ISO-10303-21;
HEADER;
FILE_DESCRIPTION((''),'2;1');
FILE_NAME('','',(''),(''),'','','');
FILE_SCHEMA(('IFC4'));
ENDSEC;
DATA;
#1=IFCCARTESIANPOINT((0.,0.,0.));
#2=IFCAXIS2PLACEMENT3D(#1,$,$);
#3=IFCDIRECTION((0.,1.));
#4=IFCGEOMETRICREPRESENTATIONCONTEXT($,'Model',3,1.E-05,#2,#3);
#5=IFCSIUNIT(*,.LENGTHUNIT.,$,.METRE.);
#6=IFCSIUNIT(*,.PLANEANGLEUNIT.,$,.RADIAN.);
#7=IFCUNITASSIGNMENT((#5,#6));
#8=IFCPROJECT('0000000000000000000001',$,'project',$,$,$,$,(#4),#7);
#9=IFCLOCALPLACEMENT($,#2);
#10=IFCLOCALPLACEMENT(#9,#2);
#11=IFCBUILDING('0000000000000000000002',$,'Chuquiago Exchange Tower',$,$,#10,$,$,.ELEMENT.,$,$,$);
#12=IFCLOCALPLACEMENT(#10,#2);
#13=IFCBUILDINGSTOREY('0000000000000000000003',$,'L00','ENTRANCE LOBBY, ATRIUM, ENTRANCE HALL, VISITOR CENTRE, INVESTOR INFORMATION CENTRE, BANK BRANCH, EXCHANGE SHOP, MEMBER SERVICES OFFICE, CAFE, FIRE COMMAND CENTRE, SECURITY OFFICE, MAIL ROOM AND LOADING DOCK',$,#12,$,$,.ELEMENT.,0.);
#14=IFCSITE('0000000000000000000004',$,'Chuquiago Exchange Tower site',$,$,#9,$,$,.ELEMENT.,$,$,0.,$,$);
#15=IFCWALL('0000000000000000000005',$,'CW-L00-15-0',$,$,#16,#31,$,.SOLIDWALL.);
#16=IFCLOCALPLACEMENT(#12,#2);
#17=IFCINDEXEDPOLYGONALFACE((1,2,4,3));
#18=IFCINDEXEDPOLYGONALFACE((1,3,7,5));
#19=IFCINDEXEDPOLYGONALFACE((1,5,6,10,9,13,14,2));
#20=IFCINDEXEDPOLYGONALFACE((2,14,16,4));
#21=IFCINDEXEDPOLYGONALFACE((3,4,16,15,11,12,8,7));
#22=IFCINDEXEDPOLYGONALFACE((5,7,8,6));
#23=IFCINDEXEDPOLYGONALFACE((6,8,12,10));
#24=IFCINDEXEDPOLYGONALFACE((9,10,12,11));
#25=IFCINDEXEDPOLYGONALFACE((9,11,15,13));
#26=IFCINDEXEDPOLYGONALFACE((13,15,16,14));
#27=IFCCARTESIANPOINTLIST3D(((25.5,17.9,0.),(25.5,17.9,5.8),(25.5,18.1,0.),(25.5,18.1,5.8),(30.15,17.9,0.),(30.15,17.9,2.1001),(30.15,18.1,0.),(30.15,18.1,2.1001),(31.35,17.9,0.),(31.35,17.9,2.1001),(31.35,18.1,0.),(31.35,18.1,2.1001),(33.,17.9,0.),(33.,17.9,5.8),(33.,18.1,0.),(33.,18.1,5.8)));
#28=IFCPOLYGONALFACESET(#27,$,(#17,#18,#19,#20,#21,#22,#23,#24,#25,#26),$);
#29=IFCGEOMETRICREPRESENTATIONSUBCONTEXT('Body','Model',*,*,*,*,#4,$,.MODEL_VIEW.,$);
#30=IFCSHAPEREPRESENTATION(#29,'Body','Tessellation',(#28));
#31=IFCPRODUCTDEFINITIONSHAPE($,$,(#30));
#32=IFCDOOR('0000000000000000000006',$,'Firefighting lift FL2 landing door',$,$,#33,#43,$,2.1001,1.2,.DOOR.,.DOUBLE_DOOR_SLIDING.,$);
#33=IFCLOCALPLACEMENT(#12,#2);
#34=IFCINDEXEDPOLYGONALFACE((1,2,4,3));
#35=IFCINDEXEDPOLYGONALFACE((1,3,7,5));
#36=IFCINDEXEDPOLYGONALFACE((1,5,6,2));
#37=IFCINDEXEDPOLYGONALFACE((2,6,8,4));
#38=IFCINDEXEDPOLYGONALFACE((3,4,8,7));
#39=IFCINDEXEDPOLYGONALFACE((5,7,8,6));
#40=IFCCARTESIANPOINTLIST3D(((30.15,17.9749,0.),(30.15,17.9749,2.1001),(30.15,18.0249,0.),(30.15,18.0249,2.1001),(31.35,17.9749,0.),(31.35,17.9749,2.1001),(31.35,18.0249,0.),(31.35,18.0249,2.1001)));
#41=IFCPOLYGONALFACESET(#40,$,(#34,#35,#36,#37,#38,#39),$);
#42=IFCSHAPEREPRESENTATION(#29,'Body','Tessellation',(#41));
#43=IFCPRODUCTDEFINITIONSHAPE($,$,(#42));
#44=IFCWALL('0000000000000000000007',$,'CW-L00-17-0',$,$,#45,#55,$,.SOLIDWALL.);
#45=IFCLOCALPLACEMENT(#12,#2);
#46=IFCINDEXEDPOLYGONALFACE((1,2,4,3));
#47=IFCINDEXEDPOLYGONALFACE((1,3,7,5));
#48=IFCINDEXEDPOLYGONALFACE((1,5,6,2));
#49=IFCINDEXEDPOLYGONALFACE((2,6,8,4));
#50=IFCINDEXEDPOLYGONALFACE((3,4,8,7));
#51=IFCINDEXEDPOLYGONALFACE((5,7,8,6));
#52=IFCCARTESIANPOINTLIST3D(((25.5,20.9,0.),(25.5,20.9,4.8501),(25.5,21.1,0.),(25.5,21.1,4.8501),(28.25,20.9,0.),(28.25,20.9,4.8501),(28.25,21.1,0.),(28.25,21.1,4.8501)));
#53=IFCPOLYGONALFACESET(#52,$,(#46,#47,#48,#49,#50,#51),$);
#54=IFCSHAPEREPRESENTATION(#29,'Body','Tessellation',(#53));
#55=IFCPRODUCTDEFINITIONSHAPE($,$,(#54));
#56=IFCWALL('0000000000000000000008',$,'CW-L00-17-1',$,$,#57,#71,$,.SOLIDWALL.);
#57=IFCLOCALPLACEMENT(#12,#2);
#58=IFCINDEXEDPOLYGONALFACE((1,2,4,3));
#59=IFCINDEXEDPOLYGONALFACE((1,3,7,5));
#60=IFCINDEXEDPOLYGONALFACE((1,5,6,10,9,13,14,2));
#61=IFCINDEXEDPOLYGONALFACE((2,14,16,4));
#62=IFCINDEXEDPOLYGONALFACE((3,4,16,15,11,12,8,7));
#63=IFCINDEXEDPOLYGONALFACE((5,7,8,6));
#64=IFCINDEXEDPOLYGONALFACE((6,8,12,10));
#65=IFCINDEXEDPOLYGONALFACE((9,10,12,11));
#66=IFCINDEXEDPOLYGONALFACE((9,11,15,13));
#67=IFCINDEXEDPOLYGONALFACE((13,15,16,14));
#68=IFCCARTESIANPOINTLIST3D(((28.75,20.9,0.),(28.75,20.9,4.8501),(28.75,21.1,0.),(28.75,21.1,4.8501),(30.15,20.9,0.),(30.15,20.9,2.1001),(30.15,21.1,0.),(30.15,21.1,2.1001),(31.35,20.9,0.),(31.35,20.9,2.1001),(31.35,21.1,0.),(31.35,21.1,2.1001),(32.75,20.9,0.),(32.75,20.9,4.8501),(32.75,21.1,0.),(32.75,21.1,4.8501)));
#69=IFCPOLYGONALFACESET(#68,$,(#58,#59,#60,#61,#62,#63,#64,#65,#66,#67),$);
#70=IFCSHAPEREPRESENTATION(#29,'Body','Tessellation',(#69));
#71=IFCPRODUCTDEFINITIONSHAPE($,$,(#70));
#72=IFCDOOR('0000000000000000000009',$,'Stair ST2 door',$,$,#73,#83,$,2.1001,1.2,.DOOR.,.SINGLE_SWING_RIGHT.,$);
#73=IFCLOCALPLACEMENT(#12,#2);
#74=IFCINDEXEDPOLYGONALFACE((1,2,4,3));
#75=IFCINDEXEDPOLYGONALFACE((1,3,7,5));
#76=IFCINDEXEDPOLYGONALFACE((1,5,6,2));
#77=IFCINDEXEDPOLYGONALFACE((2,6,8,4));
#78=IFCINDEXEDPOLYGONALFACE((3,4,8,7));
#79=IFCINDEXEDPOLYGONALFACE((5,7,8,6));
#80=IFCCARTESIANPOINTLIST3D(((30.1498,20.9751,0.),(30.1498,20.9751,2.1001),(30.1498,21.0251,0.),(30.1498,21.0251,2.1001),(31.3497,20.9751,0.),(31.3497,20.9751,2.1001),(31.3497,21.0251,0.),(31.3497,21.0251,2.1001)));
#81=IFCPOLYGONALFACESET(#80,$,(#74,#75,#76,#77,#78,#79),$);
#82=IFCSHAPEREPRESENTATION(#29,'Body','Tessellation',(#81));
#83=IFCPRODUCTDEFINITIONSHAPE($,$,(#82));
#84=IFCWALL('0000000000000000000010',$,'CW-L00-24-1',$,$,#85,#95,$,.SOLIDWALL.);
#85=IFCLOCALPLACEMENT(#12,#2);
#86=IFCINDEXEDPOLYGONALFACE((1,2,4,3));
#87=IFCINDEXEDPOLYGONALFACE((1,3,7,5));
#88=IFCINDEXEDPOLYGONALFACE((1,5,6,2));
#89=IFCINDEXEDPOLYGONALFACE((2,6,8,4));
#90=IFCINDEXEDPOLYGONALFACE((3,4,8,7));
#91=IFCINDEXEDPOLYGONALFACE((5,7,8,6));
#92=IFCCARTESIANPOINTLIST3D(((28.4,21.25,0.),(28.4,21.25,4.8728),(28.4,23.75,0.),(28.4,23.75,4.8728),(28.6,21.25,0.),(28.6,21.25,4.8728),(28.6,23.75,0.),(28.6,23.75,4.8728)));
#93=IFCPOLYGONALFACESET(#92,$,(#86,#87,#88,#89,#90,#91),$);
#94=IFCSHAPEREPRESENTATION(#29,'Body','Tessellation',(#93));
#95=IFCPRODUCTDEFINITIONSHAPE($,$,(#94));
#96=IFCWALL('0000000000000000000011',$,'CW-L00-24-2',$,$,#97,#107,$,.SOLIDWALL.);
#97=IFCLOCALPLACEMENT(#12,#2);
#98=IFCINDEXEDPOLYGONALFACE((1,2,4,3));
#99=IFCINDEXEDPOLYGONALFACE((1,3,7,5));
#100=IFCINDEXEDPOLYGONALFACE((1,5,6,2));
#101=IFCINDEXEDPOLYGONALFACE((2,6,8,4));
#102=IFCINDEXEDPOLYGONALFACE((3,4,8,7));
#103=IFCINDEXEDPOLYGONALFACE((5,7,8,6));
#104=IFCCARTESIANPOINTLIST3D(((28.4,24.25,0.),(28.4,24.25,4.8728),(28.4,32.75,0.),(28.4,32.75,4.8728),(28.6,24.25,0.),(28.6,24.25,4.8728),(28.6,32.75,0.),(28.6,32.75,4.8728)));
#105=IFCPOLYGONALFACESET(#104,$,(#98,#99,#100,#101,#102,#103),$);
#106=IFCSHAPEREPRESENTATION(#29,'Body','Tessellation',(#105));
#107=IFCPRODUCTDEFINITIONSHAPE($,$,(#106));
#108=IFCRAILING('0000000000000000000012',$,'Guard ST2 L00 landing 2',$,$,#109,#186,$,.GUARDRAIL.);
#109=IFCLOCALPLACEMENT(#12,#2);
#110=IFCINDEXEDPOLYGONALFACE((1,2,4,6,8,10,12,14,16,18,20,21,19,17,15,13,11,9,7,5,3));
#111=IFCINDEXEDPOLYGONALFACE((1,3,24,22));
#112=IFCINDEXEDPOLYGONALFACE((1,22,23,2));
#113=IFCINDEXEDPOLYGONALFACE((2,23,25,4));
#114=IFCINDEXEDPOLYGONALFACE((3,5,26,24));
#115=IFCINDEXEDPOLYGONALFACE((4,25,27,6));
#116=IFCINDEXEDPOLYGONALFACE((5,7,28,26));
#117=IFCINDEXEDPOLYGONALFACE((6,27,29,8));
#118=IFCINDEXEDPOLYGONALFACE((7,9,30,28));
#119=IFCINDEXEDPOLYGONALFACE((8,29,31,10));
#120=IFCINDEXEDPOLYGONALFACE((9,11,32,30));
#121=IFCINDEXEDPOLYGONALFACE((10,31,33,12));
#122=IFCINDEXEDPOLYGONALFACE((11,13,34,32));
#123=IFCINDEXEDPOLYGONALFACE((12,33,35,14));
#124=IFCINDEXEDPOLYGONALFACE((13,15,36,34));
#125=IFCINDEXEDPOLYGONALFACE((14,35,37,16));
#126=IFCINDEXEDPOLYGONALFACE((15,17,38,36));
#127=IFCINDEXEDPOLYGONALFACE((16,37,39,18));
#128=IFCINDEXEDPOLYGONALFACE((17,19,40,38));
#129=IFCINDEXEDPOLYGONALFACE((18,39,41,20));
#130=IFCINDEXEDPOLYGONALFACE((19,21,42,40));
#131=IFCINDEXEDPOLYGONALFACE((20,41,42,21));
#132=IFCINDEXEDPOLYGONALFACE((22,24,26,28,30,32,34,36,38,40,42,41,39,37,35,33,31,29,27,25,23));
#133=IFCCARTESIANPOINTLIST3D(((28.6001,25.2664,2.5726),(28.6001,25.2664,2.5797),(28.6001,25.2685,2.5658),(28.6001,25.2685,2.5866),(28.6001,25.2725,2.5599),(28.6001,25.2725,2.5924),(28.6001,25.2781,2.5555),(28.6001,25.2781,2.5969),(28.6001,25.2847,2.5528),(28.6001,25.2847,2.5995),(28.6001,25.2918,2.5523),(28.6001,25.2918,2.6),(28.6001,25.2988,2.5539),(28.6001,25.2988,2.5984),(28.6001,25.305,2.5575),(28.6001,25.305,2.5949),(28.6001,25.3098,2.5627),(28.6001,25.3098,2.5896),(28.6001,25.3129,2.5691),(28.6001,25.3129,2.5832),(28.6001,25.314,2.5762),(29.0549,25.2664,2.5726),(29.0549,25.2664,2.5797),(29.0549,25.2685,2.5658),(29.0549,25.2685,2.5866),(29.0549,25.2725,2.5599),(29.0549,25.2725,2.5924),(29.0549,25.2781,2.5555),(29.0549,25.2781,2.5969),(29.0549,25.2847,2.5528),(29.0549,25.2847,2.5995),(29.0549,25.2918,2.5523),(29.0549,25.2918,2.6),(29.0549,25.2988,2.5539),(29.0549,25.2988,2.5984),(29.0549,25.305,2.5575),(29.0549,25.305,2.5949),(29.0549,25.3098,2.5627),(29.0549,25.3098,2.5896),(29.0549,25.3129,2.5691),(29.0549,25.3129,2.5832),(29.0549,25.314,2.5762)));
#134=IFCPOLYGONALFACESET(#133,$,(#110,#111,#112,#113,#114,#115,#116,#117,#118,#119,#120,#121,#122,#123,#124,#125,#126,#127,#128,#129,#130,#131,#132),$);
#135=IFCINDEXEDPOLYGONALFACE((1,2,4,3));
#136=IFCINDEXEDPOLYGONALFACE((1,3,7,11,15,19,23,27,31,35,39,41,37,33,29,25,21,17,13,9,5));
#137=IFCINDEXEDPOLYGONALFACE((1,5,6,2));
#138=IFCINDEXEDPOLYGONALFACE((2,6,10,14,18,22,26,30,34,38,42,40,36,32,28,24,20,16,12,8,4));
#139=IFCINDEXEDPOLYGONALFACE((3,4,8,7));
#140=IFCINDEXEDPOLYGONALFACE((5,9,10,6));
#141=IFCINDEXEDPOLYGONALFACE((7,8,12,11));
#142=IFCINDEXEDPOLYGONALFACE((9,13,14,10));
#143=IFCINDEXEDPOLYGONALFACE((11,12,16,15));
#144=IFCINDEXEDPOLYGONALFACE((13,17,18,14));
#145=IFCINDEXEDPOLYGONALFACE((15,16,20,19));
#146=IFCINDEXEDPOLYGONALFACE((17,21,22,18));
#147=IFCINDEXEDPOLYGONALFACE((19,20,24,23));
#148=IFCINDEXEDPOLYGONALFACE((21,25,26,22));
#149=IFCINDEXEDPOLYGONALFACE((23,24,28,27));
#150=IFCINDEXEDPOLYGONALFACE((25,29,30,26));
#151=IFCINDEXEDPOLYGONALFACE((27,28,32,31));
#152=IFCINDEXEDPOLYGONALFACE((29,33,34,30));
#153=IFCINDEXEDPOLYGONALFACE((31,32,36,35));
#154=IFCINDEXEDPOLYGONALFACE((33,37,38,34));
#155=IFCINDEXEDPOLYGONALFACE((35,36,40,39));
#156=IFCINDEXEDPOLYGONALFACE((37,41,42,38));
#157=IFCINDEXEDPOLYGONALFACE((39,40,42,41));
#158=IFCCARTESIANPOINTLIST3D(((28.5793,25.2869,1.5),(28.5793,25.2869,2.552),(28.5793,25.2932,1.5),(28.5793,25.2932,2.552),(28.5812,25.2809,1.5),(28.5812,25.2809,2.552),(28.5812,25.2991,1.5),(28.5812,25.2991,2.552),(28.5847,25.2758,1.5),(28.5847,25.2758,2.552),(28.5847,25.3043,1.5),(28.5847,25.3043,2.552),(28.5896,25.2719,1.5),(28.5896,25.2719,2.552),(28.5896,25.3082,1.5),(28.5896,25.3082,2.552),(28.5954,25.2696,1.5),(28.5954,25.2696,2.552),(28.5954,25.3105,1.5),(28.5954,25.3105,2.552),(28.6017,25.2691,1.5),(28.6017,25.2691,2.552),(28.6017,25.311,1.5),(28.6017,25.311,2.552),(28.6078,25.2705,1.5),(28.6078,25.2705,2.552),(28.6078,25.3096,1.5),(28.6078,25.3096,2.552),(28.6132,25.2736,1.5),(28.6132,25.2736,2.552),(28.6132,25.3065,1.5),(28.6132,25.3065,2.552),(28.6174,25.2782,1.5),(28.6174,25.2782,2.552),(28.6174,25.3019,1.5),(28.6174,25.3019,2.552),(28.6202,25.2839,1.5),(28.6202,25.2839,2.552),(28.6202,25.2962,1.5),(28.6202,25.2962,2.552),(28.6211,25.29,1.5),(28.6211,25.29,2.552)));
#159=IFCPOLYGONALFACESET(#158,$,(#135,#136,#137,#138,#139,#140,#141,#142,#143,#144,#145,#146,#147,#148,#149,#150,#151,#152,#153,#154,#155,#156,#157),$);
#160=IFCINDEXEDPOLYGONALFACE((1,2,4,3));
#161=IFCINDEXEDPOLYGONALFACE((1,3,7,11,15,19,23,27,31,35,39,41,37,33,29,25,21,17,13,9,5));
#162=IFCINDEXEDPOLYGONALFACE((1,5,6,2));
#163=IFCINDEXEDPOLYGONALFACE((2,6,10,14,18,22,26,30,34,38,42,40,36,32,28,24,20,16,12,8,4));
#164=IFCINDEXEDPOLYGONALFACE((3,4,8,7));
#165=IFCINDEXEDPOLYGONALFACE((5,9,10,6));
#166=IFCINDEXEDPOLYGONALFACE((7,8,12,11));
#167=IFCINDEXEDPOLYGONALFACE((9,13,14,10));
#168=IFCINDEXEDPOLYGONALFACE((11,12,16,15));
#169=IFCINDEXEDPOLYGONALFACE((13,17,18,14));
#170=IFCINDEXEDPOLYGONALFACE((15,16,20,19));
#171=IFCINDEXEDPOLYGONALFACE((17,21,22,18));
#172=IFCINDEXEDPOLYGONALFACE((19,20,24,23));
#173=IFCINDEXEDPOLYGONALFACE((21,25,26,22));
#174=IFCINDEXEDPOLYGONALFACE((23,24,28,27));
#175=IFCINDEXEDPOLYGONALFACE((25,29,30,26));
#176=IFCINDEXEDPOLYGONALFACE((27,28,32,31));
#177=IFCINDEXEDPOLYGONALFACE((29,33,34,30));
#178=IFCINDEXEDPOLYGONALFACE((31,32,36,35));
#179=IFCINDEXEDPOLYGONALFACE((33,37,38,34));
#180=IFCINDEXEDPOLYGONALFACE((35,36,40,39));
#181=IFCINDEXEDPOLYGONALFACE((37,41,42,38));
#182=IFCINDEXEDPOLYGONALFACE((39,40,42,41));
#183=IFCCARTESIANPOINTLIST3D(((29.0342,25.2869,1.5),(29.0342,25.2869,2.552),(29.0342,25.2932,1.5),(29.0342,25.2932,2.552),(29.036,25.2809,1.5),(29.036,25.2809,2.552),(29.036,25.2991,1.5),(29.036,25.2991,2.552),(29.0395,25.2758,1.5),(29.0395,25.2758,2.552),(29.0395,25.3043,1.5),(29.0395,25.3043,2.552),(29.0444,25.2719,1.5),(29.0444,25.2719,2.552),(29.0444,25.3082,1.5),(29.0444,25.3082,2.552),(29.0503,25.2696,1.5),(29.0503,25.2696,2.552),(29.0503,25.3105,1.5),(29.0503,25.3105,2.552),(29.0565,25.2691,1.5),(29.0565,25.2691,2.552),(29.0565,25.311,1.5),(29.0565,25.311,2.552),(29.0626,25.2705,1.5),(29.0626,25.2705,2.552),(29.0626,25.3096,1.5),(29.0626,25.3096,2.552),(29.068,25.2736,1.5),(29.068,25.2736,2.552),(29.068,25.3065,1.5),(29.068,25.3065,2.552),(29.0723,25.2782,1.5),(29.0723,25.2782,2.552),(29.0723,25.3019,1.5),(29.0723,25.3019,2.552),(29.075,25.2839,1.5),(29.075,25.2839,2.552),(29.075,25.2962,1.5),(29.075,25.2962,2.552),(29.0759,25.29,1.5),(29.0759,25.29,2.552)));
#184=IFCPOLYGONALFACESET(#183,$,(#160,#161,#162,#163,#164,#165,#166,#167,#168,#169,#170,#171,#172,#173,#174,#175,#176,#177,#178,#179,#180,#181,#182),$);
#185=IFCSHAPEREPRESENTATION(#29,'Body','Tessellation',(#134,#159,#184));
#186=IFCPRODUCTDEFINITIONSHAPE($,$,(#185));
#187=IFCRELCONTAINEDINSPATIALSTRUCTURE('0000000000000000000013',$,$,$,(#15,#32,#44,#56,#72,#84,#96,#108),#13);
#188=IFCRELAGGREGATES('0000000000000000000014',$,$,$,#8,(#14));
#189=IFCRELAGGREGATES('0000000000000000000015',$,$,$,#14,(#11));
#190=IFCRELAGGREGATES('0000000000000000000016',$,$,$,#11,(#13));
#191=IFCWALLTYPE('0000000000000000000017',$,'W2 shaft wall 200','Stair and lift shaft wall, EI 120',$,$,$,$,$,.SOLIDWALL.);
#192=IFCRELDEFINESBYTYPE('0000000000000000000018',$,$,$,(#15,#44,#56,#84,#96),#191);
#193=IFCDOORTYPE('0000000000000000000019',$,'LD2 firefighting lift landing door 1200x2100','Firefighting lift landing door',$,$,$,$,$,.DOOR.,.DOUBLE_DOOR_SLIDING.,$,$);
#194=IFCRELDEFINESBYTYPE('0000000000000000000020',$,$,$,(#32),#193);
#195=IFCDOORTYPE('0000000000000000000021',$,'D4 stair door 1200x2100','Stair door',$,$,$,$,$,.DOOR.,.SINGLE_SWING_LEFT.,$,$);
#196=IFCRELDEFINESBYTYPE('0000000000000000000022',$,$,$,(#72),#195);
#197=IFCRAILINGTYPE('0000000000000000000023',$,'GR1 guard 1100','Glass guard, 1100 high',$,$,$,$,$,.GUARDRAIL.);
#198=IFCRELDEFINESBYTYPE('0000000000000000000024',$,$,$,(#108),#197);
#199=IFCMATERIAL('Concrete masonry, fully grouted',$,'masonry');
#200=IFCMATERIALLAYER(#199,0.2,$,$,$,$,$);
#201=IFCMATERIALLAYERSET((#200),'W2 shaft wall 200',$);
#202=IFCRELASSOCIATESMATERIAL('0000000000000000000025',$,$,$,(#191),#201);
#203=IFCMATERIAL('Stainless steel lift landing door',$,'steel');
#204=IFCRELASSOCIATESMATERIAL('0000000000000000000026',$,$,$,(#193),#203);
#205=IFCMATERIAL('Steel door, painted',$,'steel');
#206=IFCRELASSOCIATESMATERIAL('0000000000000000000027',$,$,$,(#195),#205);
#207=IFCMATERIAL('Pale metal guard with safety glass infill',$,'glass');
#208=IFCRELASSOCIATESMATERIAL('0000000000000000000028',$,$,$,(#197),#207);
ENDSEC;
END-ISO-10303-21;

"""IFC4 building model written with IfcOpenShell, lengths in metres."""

from ifc_helpers import new_model, si_unit, direction, frame, frame_2d, origin, origin_2d, place, context, subcontext, project, spatial, rectangle, circle, extrude, material, layer, layer_set, type_object, element, fill, save


model = new_model("IFC4")

# Units and contexts
model_context = context("Model", 3, precision=1e-05, world=origin(), true_north=direction((0.0, 1.0)))
body_context = subcontext(model_context, "Body", "Model", "MODEL_VIEW")
ifc_project = project(units=[si_unit("LENGTHUNIT", "METRE"), si_unit("PLANEANGLEUNIT", "RADIAN")], contexts=[model_context])

# Site, building, storey
site_placement = place(None, origin())
site = spatial("IfcSite", under=ifc_project, at=site_placement, Name="Chuquiago Exchange Tower site", CompositionType="ELEMENT", RefElevation=0.0)
building_placement = place(site_placement, origin())
building = spatial("IfcBuilding", under=site, at=building_placement, Name="Chuquiago Exchange Tower", CompositionType="ELEMENT")
storey_placement = place(building_placement, origin())
storey = spatial("IfcBuildingStorey", under=building, at=storey_placement, Name="L00", Description="ENTRANCE LOBBY, ATRIUM, ENTRANCE HALL, VISITOR CENTRE, INVESTOR INFORMATION CENTRE, BANK BRANCH, EXCHANGE SHOP, MEMBER SERVICES OFFICE, CAFE, FIRE COMMAND CENTRE, SECURITY OFFICE, MAIL ROOM AND LOADING DOCK", CompositionType="ELEMENT", Elevation=0.0)

# Shared definitions
ifc_material_1 = material(Name="Concrete masonry, fully grouted", Category="masonry")
ifc_layer = layer(ifc_material_1, 0.2)
ifc_layer_set = layer_set([ifc_layer], Name="W2 shaft wall 200")
wall_type = type_object("IfcWallType", Name="W2 shaft wall 200", Description="Stair and lift shaft wall, EI 120", PredefinedType="SOLIDWALL", material=ifc_layer_set)

# Wall, opening, door
wall_1_placement = place(storey_placement, frame((25.5, 18.0, 0.0), z_axis=(0.0, 0.0, 1.0), x_axis=(1.0, 0.0, 0.0)))
wall_1 = element("IfcWall", 1, at=wall_1_placement, inside=storey, type_object=wall_type, Name="CW-L00-15-0", PredefinedType="SOLIDWALL", context=body_context, shape_type="SweptSolid", body=[
    extrude(rectangle(XDim=7.5, YDim=0.2, at=frame_2d((3.75, 0.0))), origin(), (0.0, 0.0, 1.0), 5.8),
])
opening_1_placement = place(wall_1_placement, frame((4.6499, 0.0, 0.0)))
opening_1 = element("IfcOpeningElement", 2, at=opening_1_placement, cuts=wall_1, PredefinedType="OPENING", context=body_context, shape_type="SweptSolid", body=[
    extrude(rectangle(XDim=1.2, YDim=2.1001, at=frame_2d((0.6001, 1.05))), frame((0.0, 0.1099, 0.0), z_axis=(0.0, -1.0, 0.0), x_axis=(1.0, 0.0, 0.0)), (0.0, 0.0, 1.0), 0.22),
])
ifc_material_2 = material(Name="Stainless steel lift landing door", Category="steel")
door_type_1 = type_object("IfcDoorType", Name="LD2 firefighting lift landing door 1200x2100", Description="Firefighting lift landing door", OperationType="DOUBLE_DOOR_SLIDING", PredefinedType="DOOR", material=ifc_material_2)
door_1_placement = place(opening_1_placement, origin())
door_1 = element("IfcDoor", 3, at=door_1_placement, inside=storey, type_object=door_type_1, Name="Firefighting lift FL2 landing door", OperationType="DOUBLE_DOOR_SLIDING", OverallHeight=2.1001, OverallWidth=1.2, PredefinedType="DOOR", context=body_context, shape_type="SweptSolid", body=[
    extrude(rectangle(XDim=1.2, YDim=2.1001, at=frame_2d((0.6001, 1.05))), frame((0.0, 0.0249, 0.0), z_axis=(0.0, -1.0, 0.0), x_axis=(1.0, 0.0, 0.0)), (0.0, 0.0, 1.0), 0.05),
])
fill(opening_1, door_1)

# Wall
wall_2_placement = place(storey_placement, frame((25.5, 21.0, 0.0), z_axis=(0.0, 0.0, 1.0), x_axis=(1.0, 0.0, 0.0)))
element("IfcWall", 4, at=wall_2_placement, inside=storey, type_object=wall_type, Name="CW-L00-17-0", PredefinedType="SOLIDWALL", context=body_context, shape_type="SweptSolid", body=[
    extrude(rectangle(XDim=2.75, YDim=0.2, at=frame_2d((1.375, 0.0))), origin(), (0.0, 0.0, 1.0), 4.8501),
])

# Wall, opening, door
wall_3_placement = place(storey_placement, frame((28.75, 21.0, 0.0), z_axis=(0.0, 0.0, 1.0), x_axis=(1.0, 0.0, 0.0)))
wall_3 = element("IfcWall", 5, at=wall_3_placement, inside=storey, type_object=wall_type, Name="CW-L00-17-1", PredefinedType="SOLIDWALL", context=body_context, shape_type="SweptSolid", body=[
    extrude(rectangle(XDim=4.0, YDim=0.2, at=frame_2d((2.0, 0.0))), origin(), (0.0, 0.0, 1.0), 4.8501),
])
opening_2_placement = place(wall_3_placement, frame((1.3999, 0.0, 0.0)))
opening_2 = element("IfcOpeningElement", 6, at=opening_2_placement, cuts=wall_3, PredefinedType="OPENING", context=body_context, shape_type="SweptSolid", body=[
    extrude(rectangle(XDim=1.2, YDim=2.1001, at=frame_2d((0.6001, 1.05))), frame((0.0, 0.1099, 0.0), z_axis=(0.0, -1.0, 0.0), x_axis=(1.0, 0.0, 0.0)), (0.0, 0.0, 1.0), 0.22),
])
ifc_material_3 = material(Name="Steel door, painted", Category="steel")
door_type_2 = type_object("IfcDoorType", Name="D4 stair door 1200x2100", Description="Stair door", OperationType="SINGLE_SWING_LEFT", PredefinedType="DOOR", material=ifc_material_3)
door_2_placement = place(opening_2_placement, frame((1.2, 0.0, 0.0), z_axis=(0.0, 0.0, 1.0), x_axis=(-1.0, 0.0, 0.0)))
door_2 = element("IfcDoor", 7, at=door_2_placement, inside=storey, type_object=door_type_2, Name="Stair ST2 door", OperationType="SINGLE_SWING_RIGHT", OverallHeight=2.1001, OverallWidth=1.2, PredefinedType="DOOR", context=body_context, shape_type="SweptSolid", body=[
    extrude(rectangle(XDim=1.2, YDim=2.1001, at=frame_2d((0.6001, 1.05))), frame((0.0, 0.0249, 0.0), z_axis=(0.0, -1.0, 0.0), x_axis=(1.0, 0.0, 0.0)), (0.0, 0.0, 1.0), 0.05),
])
fill(opening_2, door_2)

# Walls
wall_4_placement = place(storey_placement, frame((28.5, 21.25, 0.0), z_axis=(0.0, 0.0, 1.0), x_axis=(0.0, 1.0, 0.0)))
element("IfcWall", 8, at=wall_4_placement, inside=storey, type_object=wall_type, Name="CW-L00-24-1", PredefinedType="SOLIDWALL", context=body_context, shape_type="SweptSolid", body=[
    extrude(rectangle(XDim=2.5, YDim=0.2, at=frame_2d((1.25, 0.0))), origin(), (0.0, 0.0, 1.0), 4.8728),
])
wall_5_placement = place(storey_placement, frame((28.5, 24.25, 0.0), z_axis=(0.0, 0.0, 1.0), x_axis=(0.0, 1.0, 0.0)))
element("IfcWall", 9, at=wall_5_placement, inside=storey, type_object=wall_type, Name="CW-L00-24-2", PredefinedType="SOLIDWALL", context=body_context, shape_type="SweptSolid", body=[
    extrude(rectangle(XDim=8.5, YDim=0.2, at=frame_2d((4.25, 0.0))), origin(), (0.0, 0.0, 1.0), 4.8728),
])

# Railing
ifc_material_4 = material(Name="Pale metal guard with safety glass infill", Category="glass")
railing_type = type_object("IfcRailingType", Name="GR1 guard 1100", Description="Glass guard, 1100 high", PredefinedType="GUARDRAIL", material=ifc_material_4)
for number, where, name in (
    (10, (28.6001, 25.29, 1.5), "Guard ST2 L00 landing 2"),
):
    element("IfcRailing", number, at=place(storey_placement, frame(where)), inside=storey, type_object=railing_type, Name=name, PredefinedType="GUARDRAIL", context=body_context, shape_type="SweptSolid", body=[
        extrude(circle(Radius=0.0239, at=origin_2d()), frame((0.0, 0.0, 1.0762), z_axis=(1.0, 0.0, 0.0), x_axis=(0.0, 1.0, 0.0)), (0.0, 0.0, 1.0), 0.4548),
        extrude(circle(Radius=0.021, at=origin_2d()), origin(), (0.0, 0.0, 1.0), 1.052),
        extrude(circle(Radius=0.021, at=origin_2d()), frame((0.4548, 0.0, 0.0)), (0.0, 0.0, 1.0), 1.052),
    ])

save(model, "model.ifc")
